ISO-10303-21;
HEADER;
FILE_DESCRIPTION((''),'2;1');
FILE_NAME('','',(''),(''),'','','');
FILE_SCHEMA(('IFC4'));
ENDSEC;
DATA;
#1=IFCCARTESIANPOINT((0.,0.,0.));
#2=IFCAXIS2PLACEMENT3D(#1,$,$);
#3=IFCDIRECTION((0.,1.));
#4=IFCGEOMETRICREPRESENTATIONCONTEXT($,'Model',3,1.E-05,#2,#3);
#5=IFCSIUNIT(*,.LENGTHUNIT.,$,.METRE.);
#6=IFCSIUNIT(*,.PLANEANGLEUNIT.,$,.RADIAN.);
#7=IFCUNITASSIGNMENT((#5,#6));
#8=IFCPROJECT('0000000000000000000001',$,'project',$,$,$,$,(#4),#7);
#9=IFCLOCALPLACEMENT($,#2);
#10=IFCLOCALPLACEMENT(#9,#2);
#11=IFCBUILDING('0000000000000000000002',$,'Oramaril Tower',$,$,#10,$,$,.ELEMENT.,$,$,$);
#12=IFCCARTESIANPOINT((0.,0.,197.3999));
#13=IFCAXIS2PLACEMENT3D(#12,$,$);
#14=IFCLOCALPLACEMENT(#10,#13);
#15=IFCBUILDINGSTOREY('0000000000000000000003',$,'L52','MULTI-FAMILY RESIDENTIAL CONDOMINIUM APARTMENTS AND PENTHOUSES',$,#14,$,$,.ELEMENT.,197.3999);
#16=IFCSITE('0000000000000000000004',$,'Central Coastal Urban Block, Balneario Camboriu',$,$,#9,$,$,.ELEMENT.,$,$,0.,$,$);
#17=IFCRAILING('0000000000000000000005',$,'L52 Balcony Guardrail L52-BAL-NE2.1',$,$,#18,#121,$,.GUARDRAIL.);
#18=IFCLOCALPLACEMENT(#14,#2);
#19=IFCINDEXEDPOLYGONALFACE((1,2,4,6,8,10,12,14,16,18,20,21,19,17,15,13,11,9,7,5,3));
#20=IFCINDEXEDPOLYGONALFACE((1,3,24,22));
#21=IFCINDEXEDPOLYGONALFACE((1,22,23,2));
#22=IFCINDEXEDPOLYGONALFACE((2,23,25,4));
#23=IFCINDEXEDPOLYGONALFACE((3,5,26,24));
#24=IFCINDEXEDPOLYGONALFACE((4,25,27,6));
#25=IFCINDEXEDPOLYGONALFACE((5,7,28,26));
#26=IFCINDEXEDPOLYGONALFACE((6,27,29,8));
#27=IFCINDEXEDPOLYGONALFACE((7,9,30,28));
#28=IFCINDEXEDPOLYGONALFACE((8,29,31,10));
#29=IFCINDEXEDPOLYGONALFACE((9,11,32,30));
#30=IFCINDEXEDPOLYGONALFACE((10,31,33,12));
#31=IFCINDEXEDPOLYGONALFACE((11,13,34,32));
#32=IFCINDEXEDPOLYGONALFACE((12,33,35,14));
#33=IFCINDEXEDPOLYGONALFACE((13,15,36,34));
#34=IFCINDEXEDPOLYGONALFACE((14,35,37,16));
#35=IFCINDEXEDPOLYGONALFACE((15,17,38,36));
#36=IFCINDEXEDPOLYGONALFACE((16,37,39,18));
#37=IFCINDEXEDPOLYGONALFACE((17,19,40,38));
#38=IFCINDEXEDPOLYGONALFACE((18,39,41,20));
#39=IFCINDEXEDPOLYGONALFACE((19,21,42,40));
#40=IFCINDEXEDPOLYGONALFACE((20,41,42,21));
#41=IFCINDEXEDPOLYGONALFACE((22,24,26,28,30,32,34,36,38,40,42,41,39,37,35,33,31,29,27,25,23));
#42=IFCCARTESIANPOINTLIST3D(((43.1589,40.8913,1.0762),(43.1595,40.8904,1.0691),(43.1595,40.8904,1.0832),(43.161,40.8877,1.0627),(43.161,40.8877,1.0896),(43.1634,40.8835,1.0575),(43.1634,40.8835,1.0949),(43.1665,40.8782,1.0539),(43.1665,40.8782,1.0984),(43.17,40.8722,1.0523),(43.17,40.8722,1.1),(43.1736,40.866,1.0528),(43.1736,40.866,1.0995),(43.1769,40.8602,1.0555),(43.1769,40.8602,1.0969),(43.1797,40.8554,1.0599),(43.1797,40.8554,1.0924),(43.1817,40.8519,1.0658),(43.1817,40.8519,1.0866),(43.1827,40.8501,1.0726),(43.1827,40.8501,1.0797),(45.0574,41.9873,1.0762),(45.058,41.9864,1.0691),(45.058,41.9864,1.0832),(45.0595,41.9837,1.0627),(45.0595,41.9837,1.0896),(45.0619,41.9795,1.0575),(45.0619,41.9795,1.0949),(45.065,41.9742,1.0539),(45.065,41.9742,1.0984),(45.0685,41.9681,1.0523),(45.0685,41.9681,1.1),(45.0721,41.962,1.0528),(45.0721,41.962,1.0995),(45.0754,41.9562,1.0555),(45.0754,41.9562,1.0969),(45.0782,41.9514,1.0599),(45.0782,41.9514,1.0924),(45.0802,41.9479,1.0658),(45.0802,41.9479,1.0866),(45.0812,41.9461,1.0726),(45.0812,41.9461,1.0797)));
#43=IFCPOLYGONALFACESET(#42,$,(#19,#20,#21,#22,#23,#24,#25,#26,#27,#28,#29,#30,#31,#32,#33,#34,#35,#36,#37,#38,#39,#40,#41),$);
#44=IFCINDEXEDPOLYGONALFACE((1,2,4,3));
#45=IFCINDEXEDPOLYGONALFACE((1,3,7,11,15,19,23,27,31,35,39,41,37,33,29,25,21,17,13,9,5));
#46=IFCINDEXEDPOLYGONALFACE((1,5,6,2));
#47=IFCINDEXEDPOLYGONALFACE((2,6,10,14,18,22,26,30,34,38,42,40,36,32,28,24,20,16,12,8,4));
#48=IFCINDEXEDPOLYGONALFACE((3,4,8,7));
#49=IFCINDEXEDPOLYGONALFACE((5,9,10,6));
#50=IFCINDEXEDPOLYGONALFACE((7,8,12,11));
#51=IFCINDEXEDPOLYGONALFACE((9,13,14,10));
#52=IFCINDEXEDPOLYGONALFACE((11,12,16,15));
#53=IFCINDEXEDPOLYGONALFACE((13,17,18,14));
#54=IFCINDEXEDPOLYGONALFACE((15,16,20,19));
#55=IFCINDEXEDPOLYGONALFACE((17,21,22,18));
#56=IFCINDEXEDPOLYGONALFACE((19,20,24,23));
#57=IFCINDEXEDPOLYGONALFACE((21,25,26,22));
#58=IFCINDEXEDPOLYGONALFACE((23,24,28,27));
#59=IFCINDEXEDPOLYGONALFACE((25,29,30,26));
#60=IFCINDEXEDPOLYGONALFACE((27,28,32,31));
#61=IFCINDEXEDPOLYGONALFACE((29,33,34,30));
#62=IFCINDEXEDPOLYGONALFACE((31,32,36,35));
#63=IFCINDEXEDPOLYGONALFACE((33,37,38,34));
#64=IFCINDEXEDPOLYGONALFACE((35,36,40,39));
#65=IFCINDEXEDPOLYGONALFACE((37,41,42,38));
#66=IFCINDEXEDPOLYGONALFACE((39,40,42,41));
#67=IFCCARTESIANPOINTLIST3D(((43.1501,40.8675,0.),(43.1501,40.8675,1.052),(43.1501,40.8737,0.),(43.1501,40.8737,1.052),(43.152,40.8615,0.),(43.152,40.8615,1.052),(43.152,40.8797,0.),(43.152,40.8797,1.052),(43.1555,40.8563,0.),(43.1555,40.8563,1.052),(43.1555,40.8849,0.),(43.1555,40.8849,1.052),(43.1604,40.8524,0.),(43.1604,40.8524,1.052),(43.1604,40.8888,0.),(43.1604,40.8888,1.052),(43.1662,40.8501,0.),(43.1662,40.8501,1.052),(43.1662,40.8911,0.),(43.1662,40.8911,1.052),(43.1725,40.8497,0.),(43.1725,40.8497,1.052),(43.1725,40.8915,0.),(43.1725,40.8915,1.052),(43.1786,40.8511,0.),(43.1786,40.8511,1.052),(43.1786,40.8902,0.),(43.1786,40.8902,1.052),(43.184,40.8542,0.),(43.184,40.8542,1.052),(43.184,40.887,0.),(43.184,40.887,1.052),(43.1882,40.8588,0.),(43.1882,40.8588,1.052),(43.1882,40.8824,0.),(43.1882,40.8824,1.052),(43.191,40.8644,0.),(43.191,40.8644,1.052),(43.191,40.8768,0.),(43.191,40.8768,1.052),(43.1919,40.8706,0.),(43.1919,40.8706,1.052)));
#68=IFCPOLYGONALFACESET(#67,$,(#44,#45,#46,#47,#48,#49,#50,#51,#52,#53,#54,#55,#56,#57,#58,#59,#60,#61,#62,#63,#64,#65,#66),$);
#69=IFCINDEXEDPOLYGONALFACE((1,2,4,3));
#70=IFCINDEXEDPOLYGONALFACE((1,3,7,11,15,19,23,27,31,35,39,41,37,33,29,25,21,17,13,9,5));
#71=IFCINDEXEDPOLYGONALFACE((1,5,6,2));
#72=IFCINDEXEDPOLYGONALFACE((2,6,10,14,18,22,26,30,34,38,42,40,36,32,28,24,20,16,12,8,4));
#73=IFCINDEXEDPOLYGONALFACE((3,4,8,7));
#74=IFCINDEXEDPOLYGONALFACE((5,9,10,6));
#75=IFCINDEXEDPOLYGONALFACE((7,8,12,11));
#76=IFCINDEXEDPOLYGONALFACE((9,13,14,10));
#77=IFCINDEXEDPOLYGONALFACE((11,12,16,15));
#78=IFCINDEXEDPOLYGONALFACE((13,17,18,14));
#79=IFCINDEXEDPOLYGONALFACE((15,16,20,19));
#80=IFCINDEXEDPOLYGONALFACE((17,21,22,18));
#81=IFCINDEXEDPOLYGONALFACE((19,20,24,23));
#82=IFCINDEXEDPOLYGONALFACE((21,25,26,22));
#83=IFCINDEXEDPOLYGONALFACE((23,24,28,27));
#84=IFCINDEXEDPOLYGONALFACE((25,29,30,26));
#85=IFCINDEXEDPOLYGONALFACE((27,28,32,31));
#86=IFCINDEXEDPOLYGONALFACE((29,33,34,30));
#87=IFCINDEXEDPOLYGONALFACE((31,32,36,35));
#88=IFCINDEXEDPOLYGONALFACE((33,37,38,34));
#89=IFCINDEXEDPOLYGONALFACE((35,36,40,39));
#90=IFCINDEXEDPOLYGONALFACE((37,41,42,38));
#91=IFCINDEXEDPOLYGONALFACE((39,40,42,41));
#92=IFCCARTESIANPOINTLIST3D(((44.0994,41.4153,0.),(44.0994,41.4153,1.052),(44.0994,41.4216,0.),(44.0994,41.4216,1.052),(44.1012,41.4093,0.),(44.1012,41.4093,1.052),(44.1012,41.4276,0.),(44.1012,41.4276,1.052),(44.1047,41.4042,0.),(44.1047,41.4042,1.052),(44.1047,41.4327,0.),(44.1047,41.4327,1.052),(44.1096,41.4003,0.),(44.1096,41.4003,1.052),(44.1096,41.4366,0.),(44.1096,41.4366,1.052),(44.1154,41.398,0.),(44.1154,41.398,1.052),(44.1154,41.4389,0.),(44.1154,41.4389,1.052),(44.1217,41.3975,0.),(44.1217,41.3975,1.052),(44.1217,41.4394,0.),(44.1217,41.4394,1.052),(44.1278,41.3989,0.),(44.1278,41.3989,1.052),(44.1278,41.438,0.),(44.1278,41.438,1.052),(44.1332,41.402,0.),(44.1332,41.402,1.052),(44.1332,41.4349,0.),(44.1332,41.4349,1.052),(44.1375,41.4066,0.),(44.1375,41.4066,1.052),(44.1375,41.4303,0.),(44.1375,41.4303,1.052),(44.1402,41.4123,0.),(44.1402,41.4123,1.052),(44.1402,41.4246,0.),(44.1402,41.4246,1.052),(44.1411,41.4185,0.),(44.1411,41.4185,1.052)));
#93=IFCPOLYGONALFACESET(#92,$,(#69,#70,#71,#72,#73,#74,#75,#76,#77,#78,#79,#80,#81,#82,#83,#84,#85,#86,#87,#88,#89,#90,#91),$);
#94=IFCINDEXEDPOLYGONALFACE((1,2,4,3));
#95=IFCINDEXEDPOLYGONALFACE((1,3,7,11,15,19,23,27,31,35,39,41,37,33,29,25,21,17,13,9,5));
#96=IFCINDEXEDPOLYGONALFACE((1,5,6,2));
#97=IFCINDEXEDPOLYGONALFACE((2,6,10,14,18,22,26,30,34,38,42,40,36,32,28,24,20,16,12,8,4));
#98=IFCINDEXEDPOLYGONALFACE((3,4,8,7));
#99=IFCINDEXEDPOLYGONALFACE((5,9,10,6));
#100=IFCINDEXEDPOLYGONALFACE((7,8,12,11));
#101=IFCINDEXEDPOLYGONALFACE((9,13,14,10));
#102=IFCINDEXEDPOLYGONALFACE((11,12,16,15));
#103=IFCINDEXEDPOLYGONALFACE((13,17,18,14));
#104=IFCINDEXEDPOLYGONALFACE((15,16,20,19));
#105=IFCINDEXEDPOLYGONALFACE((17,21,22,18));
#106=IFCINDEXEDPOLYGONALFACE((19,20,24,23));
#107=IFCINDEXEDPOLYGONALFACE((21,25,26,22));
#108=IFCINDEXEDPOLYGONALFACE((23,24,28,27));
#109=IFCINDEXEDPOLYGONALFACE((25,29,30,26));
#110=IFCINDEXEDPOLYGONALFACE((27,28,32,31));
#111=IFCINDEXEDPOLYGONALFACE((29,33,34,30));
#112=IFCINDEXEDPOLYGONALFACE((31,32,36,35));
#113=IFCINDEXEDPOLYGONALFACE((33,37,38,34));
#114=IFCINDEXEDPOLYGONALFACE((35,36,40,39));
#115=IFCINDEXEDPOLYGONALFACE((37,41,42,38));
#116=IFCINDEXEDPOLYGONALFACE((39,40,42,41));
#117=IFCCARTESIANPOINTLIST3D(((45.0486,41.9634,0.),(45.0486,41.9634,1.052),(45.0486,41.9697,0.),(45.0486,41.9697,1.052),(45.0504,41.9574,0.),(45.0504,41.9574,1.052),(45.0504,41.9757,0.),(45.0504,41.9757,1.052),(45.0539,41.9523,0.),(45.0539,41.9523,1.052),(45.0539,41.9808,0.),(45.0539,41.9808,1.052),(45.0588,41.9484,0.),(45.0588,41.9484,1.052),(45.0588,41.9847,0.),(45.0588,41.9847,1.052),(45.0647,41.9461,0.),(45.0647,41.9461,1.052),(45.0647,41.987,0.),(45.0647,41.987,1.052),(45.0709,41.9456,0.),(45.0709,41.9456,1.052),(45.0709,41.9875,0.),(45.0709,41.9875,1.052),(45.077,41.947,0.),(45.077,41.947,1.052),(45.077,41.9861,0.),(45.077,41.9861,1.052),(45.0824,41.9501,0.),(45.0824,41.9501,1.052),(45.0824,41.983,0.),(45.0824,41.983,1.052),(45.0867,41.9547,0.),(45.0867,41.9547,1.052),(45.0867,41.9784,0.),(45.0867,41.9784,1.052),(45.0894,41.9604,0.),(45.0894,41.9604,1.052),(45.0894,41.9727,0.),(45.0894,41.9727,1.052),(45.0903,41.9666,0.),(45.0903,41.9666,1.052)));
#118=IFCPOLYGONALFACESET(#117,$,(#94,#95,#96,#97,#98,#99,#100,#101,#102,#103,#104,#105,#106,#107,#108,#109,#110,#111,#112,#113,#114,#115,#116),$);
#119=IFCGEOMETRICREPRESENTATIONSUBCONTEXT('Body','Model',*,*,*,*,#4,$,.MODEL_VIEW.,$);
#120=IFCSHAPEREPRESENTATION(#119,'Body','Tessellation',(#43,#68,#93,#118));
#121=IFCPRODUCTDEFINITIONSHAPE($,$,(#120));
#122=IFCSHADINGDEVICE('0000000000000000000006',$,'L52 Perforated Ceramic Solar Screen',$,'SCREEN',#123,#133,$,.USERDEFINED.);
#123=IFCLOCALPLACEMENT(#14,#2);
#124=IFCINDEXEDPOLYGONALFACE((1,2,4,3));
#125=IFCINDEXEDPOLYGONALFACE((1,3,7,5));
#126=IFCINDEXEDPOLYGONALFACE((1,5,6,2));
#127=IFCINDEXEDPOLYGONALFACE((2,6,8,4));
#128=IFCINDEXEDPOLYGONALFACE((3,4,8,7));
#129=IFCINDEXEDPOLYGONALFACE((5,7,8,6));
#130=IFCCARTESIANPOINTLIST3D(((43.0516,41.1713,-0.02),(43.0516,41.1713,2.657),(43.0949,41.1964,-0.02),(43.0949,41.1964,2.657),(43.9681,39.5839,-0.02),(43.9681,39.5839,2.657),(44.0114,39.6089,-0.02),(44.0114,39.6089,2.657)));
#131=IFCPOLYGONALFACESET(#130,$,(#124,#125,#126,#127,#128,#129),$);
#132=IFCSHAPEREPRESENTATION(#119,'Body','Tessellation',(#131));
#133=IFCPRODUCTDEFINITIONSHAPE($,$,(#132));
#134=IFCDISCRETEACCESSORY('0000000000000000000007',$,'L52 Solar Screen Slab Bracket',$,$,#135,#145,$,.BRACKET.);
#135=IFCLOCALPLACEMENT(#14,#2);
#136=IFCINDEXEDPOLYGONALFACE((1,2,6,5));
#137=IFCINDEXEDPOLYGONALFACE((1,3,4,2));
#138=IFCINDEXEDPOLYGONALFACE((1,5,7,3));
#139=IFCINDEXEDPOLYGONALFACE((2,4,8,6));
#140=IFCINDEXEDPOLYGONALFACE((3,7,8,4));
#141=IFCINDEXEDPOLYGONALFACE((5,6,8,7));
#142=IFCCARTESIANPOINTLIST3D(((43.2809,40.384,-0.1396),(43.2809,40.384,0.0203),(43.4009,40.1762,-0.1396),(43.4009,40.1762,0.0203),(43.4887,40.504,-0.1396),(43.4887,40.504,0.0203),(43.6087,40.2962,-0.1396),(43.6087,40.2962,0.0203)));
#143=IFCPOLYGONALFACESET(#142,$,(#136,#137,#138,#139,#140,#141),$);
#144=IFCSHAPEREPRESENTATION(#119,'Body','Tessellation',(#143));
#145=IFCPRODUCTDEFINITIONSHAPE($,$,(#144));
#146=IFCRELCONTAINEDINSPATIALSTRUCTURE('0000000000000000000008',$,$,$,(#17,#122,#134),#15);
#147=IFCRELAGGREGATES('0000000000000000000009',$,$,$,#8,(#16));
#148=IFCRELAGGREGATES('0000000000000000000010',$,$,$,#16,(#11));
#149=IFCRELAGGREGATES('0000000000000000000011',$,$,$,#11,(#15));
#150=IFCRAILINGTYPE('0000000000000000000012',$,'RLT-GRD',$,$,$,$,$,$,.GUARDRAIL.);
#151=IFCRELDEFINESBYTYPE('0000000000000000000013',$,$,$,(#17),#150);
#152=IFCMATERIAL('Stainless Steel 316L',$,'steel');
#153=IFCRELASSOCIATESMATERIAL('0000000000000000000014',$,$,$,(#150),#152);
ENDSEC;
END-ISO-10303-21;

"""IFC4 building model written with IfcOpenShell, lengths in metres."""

from ifc_helpers import new_model, si_unit, direction, frame, origin, origin_2d, place, context, subcontext, project, spatial, rectangle, circle, extrude, material, type_object, element, save


model = new_model("IFC4")

# Units and contexts
model_context = context("Model", 3, precision=1e-05, world=origin(), true_north=direction((0.0, 1.0)))
body_context = subcontext(model_context, "Body", "Model", "MODEL_VIEW")
ifc_project = project(units=[si_unit("LENGTHUNIT", "METRE"), si_unit("PLANEANGLEUNIT", "RADIAN")], contexts=[model_context])

# Site, building, storey
site_placement = place(None, origin())
site = spatial("IfcSite", under=ifc_project, at=site_placement, Name="Central Coastal Urban Block, Balneario Camboriu", CompositionType="ELEMENT", RefElevation=0.0)
building_placement = place(site_placement, origin())
building = spatial("IfcBuilding", under=site, at=building_placement, Name="Oramaril Tower", CompositionType="ELEMENT")
storey_placement = place(building_placement, frame((0.0, 0.0, 197.3999)))
storey = spatial("IfcBuildingStorey", under=building, at=storey_placement, Name="L52", Description="MULTI-FAMILY RESIDENTIAL CONDOMINIUM APARTMENTS AND PENTHOUSES", CompositionType="ELEMENT", Elevation=197.3999)

# Railing
ifc_material_1 = material(Name="Stainless Steel 316L", Category="steel")
railing_type = type_object("IfcRailingType", Name="RLT-GRD", PredefinedType="GUARDRAIL", material=ifc_material_1)
railing_placement = place(storey_placement, frame((43.1709, 40.8706, 0.0)))
element("IfcRailing", 1, at=railing_placement, inside=storey, type_object=railing_type, Name="L52 Balcony Guardrail L52-BAL-NE2.1", PredefinedType="GUARDRAIL", context=body_context, shape_type="SweptSolid", body=[
    extrude(circle(Radius=0.0239, at=origin_2d()), frame((0.0, 0.0, 1.0762), z_axis=(0.866048, 0.49996, 0.0), x_axis=(-0.49996, 0.866048, 0.0)), (0.0, 0.0, 1.0), 2.1921),
    extrude(circle(Radius=0.021, at=origin_2d()), origin(), (0.0, 0.0, 1.0), 1.052),
    extrude(circle(Radius=0.021, at=origin_2d()), frame((0.9492, 0.5479, 0.0)), (0.0, 0.0, 1.0), 1.052),
    extrude(circle(Radius=0.021, at=origin_2d()), frame((1.8984, 1.0959, 0.0)), (0.0, 0.0, 1.0), 1.052),
])

# Shading device
shading_device_placement = place(storey_placement, frame((43.5315, 40.3901, -0.02), z_axis=(0.0, 0.0, 1.0), x_axis=(-0.499998, 0.866026, 0.0)))
element("IfcShadingDevice", 2, at=shading_device_placement, inside=storey, Name="L52 Perforated Ceramic Solar Screen", ObjectType="SCREEN", PredefinedType="USERDEFINED", context=body_context, shape_type="SweptSolid", body=[
    extrude(rectangle(XDim=1.833, YDim=0.05, at=origin_2d()), origin(), (0.0, 0.0, 1.0), 2.677),
])

# Discrete accessory
discrete_accessory_placement = place(storey_placement, frame((43.4448, 40.3401, -0.1396), z_axis=(0.0, 0.0, 1.0), x_axis=(-0.499998, 0.866026, 0.0)))
element("IfcDiscreteAccessory", 3, at=discrete_accessory_placement, inside=storey, Name="L52 Solar Screen Slab Bracket", PredefinedType="BRACKET", context=body_context, shape_type="SweptSolid", body=[
    extrude(rectangle(XDim=0.24, YDim=0.24, at=origin_2d()), origin(), (0.0, 0.0, 1.0), 0.1599),
])

save(model, "model.ifc")
